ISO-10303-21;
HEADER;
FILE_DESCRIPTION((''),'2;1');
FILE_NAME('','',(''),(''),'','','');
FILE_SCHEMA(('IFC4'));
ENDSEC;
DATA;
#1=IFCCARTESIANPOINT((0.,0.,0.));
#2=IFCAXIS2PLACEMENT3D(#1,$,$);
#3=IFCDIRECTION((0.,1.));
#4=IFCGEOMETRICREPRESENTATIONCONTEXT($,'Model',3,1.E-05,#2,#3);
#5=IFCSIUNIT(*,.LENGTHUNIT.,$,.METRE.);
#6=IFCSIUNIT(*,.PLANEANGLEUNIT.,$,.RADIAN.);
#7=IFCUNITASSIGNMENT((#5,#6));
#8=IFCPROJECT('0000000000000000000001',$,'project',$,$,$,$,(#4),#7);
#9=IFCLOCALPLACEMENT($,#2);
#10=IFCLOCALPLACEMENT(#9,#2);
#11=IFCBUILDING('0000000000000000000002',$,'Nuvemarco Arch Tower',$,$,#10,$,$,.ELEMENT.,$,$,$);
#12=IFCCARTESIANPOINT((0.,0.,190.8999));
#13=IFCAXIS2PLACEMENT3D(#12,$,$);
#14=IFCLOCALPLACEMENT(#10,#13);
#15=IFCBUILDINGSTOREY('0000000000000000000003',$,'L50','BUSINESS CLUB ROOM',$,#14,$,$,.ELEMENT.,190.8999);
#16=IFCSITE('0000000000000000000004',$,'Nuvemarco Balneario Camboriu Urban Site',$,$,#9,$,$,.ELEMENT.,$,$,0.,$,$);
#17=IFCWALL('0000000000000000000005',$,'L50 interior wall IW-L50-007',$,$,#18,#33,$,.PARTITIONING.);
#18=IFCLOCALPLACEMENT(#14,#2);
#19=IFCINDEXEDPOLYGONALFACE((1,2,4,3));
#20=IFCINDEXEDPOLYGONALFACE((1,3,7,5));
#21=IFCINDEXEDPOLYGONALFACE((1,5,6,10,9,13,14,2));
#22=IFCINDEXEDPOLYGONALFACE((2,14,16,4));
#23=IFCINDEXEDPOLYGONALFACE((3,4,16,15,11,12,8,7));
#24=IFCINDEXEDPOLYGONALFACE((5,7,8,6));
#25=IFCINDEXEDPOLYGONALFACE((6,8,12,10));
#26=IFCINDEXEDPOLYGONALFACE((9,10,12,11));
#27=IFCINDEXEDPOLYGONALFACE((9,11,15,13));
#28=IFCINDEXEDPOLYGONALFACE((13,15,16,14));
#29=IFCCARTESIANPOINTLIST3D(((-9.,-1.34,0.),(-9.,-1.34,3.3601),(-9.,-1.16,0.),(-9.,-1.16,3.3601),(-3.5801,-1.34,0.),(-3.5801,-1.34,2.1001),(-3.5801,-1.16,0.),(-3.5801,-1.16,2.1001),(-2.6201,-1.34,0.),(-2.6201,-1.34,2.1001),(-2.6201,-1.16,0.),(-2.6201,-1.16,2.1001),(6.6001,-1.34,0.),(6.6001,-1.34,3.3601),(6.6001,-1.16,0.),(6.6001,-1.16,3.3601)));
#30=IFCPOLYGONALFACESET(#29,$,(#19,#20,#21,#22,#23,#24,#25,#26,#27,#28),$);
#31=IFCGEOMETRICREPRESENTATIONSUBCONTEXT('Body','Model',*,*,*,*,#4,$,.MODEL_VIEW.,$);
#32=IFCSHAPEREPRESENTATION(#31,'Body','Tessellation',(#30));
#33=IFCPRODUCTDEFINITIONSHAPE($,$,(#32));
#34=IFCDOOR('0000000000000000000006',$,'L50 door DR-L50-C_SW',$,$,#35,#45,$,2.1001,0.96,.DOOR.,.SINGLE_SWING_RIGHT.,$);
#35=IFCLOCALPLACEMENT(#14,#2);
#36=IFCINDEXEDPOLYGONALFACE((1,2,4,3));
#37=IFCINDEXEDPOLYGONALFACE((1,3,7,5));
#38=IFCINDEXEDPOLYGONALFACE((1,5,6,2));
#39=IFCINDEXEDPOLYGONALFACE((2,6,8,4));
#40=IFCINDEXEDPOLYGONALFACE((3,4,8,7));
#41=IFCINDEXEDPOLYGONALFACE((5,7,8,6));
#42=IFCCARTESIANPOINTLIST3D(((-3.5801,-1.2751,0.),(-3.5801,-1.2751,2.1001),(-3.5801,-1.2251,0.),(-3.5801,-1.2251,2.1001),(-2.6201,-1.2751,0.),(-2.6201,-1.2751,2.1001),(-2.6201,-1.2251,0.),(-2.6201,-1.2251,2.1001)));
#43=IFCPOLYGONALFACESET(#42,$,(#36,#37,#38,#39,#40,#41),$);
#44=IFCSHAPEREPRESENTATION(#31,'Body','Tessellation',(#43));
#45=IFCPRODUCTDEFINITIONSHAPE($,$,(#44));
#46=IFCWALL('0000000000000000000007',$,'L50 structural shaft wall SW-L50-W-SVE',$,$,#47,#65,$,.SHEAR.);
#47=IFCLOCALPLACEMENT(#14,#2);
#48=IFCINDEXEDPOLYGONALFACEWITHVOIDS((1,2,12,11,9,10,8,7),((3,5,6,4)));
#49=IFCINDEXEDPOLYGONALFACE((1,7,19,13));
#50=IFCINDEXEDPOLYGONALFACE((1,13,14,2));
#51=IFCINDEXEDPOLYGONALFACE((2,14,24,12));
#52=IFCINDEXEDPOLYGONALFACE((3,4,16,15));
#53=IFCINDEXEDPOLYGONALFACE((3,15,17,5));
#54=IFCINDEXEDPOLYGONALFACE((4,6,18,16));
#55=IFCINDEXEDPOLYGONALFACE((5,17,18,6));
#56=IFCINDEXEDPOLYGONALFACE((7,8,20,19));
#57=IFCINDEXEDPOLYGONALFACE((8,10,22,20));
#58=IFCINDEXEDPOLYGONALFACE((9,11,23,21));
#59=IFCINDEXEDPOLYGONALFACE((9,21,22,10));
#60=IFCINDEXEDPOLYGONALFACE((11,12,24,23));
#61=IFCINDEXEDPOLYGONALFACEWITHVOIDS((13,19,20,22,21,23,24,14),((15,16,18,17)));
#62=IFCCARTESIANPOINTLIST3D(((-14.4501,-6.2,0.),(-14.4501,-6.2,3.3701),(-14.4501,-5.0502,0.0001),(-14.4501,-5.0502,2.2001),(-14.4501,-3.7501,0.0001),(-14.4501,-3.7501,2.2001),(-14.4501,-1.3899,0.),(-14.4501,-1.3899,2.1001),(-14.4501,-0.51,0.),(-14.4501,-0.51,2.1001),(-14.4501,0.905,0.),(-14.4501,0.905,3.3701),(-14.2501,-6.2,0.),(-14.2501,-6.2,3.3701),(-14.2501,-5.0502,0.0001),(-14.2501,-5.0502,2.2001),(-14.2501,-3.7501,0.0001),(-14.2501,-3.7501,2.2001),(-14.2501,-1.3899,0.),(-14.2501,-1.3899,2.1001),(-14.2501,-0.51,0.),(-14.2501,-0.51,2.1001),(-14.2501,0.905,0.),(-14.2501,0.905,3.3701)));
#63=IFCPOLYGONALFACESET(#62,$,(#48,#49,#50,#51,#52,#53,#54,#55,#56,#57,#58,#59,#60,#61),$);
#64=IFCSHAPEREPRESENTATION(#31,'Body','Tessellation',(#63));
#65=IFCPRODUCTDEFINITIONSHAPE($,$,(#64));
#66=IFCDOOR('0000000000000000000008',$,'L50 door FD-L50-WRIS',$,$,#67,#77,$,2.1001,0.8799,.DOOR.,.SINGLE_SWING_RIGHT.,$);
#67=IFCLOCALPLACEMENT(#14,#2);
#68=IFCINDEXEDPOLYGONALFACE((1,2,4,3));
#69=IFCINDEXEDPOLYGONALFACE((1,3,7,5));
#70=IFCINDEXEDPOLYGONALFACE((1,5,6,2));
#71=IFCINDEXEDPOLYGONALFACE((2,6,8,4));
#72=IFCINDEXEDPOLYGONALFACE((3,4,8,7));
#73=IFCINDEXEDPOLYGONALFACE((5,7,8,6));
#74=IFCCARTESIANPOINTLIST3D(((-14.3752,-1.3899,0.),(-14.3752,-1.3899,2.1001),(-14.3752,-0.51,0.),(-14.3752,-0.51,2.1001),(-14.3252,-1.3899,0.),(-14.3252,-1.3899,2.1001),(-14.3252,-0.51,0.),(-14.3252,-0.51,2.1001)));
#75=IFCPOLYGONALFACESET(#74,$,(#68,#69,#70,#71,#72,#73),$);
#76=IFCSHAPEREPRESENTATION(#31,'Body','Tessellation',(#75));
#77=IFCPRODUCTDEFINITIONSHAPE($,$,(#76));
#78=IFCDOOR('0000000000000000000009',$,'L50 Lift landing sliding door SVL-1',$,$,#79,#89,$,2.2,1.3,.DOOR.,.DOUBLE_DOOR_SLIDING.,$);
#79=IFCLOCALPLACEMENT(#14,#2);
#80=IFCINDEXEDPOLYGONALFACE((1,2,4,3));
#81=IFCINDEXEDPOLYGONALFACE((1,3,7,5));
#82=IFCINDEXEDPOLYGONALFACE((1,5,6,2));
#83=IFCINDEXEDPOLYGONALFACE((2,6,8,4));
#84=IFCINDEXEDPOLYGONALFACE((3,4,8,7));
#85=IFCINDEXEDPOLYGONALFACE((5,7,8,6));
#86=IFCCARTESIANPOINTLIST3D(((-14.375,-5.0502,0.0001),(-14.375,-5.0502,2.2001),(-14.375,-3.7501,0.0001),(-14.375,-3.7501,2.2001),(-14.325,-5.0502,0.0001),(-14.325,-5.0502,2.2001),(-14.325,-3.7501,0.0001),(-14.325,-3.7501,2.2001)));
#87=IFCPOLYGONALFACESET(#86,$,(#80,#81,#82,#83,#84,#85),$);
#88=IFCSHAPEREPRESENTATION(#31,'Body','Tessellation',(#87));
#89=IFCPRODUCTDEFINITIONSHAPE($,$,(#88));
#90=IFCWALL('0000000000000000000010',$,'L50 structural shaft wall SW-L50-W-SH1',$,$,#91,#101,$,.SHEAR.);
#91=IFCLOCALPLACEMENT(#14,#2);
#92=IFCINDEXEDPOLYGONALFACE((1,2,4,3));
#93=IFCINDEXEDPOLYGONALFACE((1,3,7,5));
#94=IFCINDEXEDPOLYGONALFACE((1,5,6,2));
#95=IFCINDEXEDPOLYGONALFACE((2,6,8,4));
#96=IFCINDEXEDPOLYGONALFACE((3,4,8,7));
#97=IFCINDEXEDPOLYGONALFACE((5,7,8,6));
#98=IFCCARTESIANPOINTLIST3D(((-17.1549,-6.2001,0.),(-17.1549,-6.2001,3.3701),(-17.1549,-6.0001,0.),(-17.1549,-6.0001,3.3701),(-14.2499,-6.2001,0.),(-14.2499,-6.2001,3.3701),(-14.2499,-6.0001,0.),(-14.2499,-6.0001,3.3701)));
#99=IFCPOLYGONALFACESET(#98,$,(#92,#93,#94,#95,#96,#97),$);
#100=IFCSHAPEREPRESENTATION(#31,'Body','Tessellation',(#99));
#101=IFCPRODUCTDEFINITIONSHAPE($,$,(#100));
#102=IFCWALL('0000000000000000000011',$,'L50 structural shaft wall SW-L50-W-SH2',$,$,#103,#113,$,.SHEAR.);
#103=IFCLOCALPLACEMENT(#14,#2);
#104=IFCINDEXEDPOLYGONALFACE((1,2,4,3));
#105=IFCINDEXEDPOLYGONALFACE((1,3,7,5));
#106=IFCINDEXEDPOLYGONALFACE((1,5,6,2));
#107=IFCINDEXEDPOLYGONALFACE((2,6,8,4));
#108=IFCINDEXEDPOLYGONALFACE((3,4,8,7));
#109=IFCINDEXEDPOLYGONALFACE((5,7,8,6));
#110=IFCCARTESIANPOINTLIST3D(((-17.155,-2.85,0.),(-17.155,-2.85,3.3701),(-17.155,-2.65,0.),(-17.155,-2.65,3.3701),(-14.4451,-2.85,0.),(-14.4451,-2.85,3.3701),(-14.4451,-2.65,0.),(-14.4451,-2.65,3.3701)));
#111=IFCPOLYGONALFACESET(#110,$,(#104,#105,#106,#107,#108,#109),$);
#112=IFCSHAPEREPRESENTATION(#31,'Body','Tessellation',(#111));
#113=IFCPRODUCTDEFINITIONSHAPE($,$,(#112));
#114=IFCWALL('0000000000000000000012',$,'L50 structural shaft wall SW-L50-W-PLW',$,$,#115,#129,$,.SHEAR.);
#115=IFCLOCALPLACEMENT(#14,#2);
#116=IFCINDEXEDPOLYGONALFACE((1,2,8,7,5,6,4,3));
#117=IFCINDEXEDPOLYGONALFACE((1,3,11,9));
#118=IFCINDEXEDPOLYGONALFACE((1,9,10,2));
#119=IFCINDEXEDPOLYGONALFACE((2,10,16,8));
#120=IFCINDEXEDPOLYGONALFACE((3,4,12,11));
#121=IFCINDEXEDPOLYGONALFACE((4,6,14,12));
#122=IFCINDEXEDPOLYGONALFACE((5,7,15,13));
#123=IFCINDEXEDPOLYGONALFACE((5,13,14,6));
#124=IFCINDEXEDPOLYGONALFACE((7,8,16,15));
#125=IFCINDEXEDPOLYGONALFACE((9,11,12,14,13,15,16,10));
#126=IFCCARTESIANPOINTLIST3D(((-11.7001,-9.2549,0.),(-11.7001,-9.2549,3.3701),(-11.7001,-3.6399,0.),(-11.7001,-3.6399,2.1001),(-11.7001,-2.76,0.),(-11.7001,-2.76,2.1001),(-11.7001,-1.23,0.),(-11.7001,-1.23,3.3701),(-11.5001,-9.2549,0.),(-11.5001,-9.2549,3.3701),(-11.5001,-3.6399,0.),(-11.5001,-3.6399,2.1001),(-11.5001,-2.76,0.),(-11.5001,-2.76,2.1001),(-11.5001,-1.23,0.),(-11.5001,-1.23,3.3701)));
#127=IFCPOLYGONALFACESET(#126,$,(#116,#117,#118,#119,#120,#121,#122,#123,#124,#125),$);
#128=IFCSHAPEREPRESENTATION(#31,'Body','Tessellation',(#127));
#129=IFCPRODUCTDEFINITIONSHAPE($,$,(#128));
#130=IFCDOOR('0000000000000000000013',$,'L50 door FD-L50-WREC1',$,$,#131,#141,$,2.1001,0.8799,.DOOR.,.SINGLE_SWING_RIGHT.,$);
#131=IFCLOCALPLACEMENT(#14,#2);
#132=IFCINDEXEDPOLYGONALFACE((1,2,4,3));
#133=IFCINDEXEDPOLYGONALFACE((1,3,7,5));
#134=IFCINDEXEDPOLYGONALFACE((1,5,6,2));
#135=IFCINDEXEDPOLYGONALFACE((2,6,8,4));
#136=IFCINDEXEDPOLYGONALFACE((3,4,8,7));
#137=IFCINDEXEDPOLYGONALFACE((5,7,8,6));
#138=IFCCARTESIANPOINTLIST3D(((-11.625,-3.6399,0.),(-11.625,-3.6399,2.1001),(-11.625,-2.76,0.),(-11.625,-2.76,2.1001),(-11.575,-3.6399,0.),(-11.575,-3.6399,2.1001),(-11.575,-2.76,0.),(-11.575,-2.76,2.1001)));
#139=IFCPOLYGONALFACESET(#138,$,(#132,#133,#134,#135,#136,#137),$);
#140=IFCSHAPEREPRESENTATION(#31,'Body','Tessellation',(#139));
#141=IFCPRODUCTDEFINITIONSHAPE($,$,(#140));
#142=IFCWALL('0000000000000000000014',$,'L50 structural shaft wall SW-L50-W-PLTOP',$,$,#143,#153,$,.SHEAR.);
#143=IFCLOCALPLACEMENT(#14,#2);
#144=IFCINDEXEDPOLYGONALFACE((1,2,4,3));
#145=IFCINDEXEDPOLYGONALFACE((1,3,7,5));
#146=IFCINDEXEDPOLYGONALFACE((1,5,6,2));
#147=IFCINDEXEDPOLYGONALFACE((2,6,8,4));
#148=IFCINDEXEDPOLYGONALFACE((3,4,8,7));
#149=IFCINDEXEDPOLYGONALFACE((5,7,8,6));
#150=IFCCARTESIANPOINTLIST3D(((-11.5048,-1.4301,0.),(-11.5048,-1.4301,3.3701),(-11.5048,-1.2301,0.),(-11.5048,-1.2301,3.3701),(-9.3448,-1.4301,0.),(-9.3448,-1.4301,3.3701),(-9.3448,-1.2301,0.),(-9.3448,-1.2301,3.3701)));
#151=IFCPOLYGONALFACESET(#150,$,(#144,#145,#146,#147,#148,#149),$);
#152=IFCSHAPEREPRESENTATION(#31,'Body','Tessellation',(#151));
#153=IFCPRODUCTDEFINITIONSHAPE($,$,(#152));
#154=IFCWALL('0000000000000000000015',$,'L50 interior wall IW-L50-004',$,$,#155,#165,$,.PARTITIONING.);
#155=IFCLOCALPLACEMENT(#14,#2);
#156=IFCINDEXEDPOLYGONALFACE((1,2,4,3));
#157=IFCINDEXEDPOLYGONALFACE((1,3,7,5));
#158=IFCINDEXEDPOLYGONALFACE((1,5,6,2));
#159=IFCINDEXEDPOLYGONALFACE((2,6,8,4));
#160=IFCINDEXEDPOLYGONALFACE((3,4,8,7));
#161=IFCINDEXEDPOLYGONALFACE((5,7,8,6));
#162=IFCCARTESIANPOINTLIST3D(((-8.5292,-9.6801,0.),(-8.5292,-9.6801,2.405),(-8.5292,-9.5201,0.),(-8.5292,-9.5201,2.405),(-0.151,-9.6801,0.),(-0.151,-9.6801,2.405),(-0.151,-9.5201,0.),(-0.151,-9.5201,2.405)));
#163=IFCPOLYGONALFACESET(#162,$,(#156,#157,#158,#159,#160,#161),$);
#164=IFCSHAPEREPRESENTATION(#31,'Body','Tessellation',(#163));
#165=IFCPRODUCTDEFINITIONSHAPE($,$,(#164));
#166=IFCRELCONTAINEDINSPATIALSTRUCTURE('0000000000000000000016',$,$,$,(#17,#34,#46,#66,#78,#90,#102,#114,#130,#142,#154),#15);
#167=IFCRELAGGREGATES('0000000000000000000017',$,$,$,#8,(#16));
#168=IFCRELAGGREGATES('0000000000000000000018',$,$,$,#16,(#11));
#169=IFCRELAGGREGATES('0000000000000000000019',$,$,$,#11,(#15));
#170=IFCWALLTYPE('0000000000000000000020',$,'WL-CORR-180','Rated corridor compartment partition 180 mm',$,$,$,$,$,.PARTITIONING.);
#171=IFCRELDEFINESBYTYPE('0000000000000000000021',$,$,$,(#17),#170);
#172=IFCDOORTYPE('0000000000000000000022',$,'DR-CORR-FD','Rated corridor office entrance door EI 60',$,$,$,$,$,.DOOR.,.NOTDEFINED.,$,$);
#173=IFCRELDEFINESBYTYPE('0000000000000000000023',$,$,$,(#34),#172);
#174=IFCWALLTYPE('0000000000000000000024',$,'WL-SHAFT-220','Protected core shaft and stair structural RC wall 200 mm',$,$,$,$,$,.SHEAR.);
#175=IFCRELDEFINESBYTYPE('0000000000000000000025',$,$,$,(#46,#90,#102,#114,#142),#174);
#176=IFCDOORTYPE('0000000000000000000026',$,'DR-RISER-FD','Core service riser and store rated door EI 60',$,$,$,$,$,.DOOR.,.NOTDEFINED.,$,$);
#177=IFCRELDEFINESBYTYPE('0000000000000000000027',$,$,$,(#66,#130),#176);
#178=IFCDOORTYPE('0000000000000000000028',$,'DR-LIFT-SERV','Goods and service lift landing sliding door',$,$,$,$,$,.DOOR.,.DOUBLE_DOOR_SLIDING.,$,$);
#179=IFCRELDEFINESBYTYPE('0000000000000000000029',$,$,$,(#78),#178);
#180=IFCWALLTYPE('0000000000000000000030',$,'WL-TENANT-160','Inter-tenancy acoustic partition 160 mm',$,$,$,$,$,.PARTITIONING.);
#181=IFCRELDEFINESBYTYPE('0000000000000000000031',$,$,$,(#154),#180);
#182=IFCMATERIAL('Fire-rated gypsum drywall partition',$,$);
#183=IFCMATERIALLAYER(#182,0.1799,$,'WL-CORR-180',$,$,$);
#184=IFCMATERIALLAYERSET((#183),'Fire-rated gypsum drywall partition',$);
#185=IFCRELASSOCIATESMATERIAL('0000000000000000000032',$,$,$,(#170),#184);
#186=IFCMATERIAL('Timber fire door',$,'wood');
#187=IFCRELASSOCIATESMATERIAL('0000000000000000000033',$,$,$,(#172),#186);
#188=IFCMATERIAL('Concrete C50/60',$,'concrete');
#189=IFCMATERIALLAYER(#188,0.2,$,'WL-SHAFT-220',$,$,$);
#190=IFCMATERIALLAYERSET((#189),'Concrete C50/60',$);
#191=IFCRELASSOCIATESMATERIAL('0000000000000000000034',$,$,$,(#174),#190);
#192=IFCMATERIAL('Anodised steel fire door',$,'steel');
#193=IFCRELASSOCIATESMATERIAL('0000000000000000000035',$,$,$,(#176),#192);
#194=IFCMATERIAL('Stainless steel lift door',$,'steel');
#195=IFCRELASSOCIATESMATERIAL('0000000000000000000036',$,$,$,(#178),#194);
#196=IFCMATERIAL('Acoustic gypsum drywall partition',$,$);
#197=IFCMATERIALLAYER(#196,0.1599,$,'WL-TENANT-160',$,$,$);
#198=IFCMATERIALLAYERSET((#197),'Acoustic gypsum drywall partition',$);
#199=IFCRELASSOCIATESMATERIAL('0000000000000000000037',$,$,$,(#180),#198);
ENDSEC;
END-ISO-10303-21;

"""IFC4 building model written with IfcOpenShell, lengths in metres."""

from ifc_helpers import new_model, si_unit, direction, frame, frame_2d, origin, place, context, subcontext, project, spatial, rectangle, extrude, source, transform, mapped, material, layer, layer_set, type_object, type_shapes, element, fill, save


model = new_model("IFC4")

# Units and contexts
model_context = context("Model", 3, precision=1e-05, world=origin(), true_north=direction((0.0, 1.0)))
body_context = subcontext(model_context, "Body", "Model", "MODEL_VIEW")
ifc_project = project(units=[si_unit("LENGTHUNIT", "METRE"), si_unit("PLANEANGLEUNIT", "RADIAN")], contexts=[model_context])

# Site, building, storey
site_placement = place(None, origin())
site = spatial("IfcSite", under=ifc_project, at=site_placement, Name="Nuvemarco Balneario Camboriu Urban Site", CompositionType="ELEMENT", RefElevation=0.0)
building_placement = place(site_placement, origin())
building = spatial("IfcBuilding", under=site, at=building_placement, Name="Nuvemarco Arch Tower", CompositionType="ELEMENT")
storey_placement = place(building_placement, frame((0.0, 0.0, 190.8999)))
storey = spatial("IfcBuildingStorey", under=building, at=storey_placement, Name="L50", Description="BUSINESS CLUB ROOM", CompositionType="ELEMENT", Elevation=190.8999)

# Shared definitions
ifc_material_1 = material(Name="Concrete C50/60", Category="concrete")

# Wall, opening, door
ifc_material_2 = material(Name="Anodised steel fire door", Category="steel")
ifc_material_3 = material(Name="Fire-rated gypsum drywall partition")
ifc_layer_1 = layer(ifc_material_3, 0.1799, Name="WL-CORR-180")
ifc_layer_set_1 = layer_set([ifc_layer_1], Name="Fire-rated gypsum drywall partition")
wall_type_1 = type_object("IfcWallType", Name="WL-CORR-180", Description="Rated corridor compartment partition 180 mm", PredefinedType="PARTITIONING", material=ifc_layer_set_1)
wall_1_placement = place(storey_placement, frame((-9.0, -1.25, 0.0), z_axis=(0.0, 0.0, 1.0), x_axis=(1.0, 0.0, 0.0)))
wall_1 = element("IfcWall", 1, at=wall_1_placement, inside=storey, type_object=wall_type_1, Name="L50 interior wall IW-L50-007", PredefinedType="PARTITIONING", context=body_context, shape_type="SweptSolid", body=[
    extrude(rectangle(XDim=15.6001, YDim=0.1799, at=frame_2d((7.8, 0.0))), origin(), (0.0, 0.0, 1.0), 3.3601),
])
opening_1_placement = place(wall_1_placement, frame((5.4199, 0.0, 0.0)))
opening_1 = element("IfcOpeningElement", 2, at=opening_1_placement, cuts=wall_1, PredefinedType="OPENING", context=body_context, shape_type="SweptSolid", body=[
    extrude(rectangle(XDim=0.96, YDim=2.1001, at=frame_2d((0.48, 1.05))), frame((0.0, 0.0999, 0.0), z_axis=(0.0, -1.0, 0.0), x_axis=(1.0, 0.0, 0.0)), (0.0, 0.0, 1.0), 0.2),
])
ifc_material_4 = material(Name="Timber fire door", Category="wood")
door_type_1 = type_object("IfcDoorType", Name="DR-CORR-FD", Description="Rated corridor office entrance door EI 60", OperationType="NOTDEFINED", PredefinedType="DOOR", material=ifc_material_4)
shared_shape_1 = source(origin(), body_context, "Body", "SweptSolid", [
    extrude(rectangle(XDim=0.96, YDim=2.1001, at=frame_2d((0.48, 1.05))), frame((0.0, 0.0249, 0.0), z_axis=(0.0, -1.0, 0.0), x_axis=(1.0, 0.0, 0.0)), (0.0, 0.0, 1.0), 0.05),
])
type_shapes(door_type_1, [shared_shape_1])
door_1_placement = place(opening_1_placement, origin())
door_1 = element("IfcDoor", 3, at=door_1_placement, inside=storey, type_object=door_type_1, Name="L50 door DR-L50-C_SW", OperationType="SINGLE_SWING_RIGHT", OverallHeight=2.1001, OverallWidth=0.96, PredefinedType="DOOR", context=body_context, shape_type="MappedRepresentation", body=[
    mapped(shared_shape_1, transform((0.0, 0.0, 0.0), scale=1.0)),
])
fill(opening_1, door_1)
ifc_layer_2 = layer(ifc_material_1, 0.2, Name="WL-SHAFT-220")
ifc_layer_set_2 = layer_set([ifc_layer_2], Name="Concrete C50/60")
wall_type_2 = type_object("IfcWallType", Name="WL-SHAFT-220", Description="Protected core shaft and stair structural RC wall 200 mm", PredefinedType="SHEAR", material=ifc_layer_set_2)
ifc_material_5 = material(Name="Stainless steel lift door", Category="steel")

# Wall, openings, doors
wall_2_placement = place(storey_placement, frame((-14.3501, -6.2, 0.0), z_axis=(0.0, 0.0, 1.0), x_axis=(0.0, 1.0, 0.0)))
wall_2 = element("IfcWall", 4, at=wall_2_placement, inside=storey, type_object=wall_type_2, Name="L50 structural shaft wall SW-L50-W-SVE", PredefinedType="SHEAR", context=body_context, shape_type="SweptSolid", body=[
    extrude(rectangle(XDim=7.105, YDim=0.2, at=frame_2d((3.5525, 0.0))), origin(), (0.0, 0.0, 1.0), 3.3701),
])
opening_2_placement = place(wall_2_placement, frame((5.6899, 0.0, 0.0), z_axis=(0.0, 0.0, 1.0), x_axis=(-1.0, 0.0, 0.0)))
opening_2 = element("IfcOpeningElement", 5, at=opening_2_placement, cuts=wall_2, PredefinedType="OPENING", context=body_context, shape_type="SweptSolid", body=[
    extrude(rectangle(XDim=0.8799, YDim=2.1001, at=frame_2d((0.4399, 1.05))), frame((0.0, 0.1099, 0.0), z_axis=(0.0, -1.0, 0.0), x_axis=(1.0, 0.0, 0.0)), (0.0, 0.0, 1.0), 0.22),
])
opening_3_placement = place(wall_2_placement, frame((1.1499, 0.0, 0.0)))
opening_3 = element("IfcOpeningElement", 6, at=opening_3_placement, cuts=wall_2, PredefinedType="OPENING", context=body_context, shape_type="SweptSolid", body=[
    extrude(rectangle(XDim=1.3, YDim=2.2, at=frame_2d((0.6499, 1.1001))), frame((0.0, 0.1099, 0.0), z_axis=(0.0, -1.0, 0.0), x_axis=(1.0, 0.0, 0.0)), (0.0, 0.0, 1.0), 0.22),
])
door_type_2 = type_object("IfcDoorType", Name="DR-RISER-FD", Description="Core service riser and store rated door EI 60", OperationType="NOTDEFINED", PredefinedType="DOOR", material=ifc_material_2)
shared_shape_2 = source(origin(), body_context, "Body", "SweptSolid", [
    extrude(rectangle(XDim=0.8799, YDim=2.1001, at=frame_2d((0.4399, 1.05))), frame((0.0, 0.0249, 0.0), z_axis=(0.0, -1.0, 0.0), x_axis=(1.0, 0.0, 0.0)), (0.0, 0.0, 1.0), 0.05),
])
type_shapes(door_type_2, [shared_shape_2])
door_2_placement = place(opening_2_placement, origin())
door_2 = element("IfcDoor", 7, at=door_2_placement, inside=storey, type_object=door_type_2, Name="L50 door FD-L50-WRIS", OperationType="SINGLE_SWING_RIGHT", OverallHeight=2.1001, OverallWidth=0.8799, PredefinedType="DOOR", context=body_context, shape_type="MappedRepresentation", body=[
    mapped(shared_shape_2, transform((0.0, 0.0, 0.0), scale=1.0)),
])
fill(opening_2, door_2)
door_type_3 = type_object("IfcDoorType", Name="DR-LIFT-SERV", Description="Goods and service lift landing sliding door", OperationType="DOUBLE_DOOR_SLIDING", PredefinedType="DOOR", material=ifc_material_5)
shared_shape_3 = source(origin(), body_context, "Body", "SweptSolid", [
    extrude(rectangle(XDim=1.3, YDim=2.2, at=frame_2d((0.6499, 1.1001))), frame((0.0, 0.0249, 0.0), z_axis=(0.0, -1.0, 0.0), x_axis=(1.0, 0.0, 0.0)), (0.0, 0.0, 1.0), 0.05),
])
type_shapes(door_type_3, [shared_shape_3])
door_3_placement = place(opening_3_placement, origin())
door_3 = element("IfcDoor", 8, at=door_3_placement, inside=storey, type_object=door_type_3, Name="L50 Lift landing sliding door SVL-1", OperationType="DOUBLE_DOOR_SLIDING", OverallHeight=2.2, OverallWidth=1.3, PredefinedType="DOOR", context=body_context, shape_type="MappedRepresentation", body=[
    mapped(shared_shape_3, transform((0.0, 0.0, 0.0), scale=1.0)),
])
fill(opening_3, door_3)

# Walls
wall_3_placement = place(storey_placement, frame((-17.155, -6.1001, 0.0), z_axis=(0.0, 0.0, 1.0), x_axis=(1.0, 0.0, 0.0)))
element("IfcWall", 9, at=wall_3_placement, inside=storey, type_object=wall_type_2, Name="L50 structural shaft wall SW-L50-W-SH1", PredefinedType="SHEAR", context=body_context, shape_type="SweptSolid", body=[
    extrude(rectangle(XDim=2.905, YDim=0.2, at=frame_2d((1.4526, 0.0))), origin(), (0.0, 0.0, 1.0), 3.3701),
])
wall_4_placement = place(storey_placement, frame((-17.155, -2.75, 0.0), z_axis=(0.0, 0.0, 1.0), x_axis=(1.0, 0.0, 0.0)))
element("IfcWall", 10, at=wall_4_placement, inside=storey, type_object=wall_type_2, Name="L50 structural shaft wall SW-L50-W-SH2", PredefinedType="SHEAR", context=body_context, shape_type="SweptSolid", body=[
    extrude(rectangle(XDim=2.71, YDim=0.2, at=frame_2d((1.355, 0.0))), origin(), (0.0, 0.0, 1.0), 3.3701),
])

# Wall, opening, door
wall_5_placement = place(storey_placement, frame((-11.6001, -9.2549, 0.0), z_axis=(0.0, 0.0, 1.0), x_axis=(0.0, 1.0, 0.0)))
wall_5 = element("IfcWall", 11, at=wall_5_placement, inside=storey, type_object=wall_type_2, Name="L50 structural shaft wall SW-L50-W-PLW", PredefinedType="SHEAR", context=body_context, shape_type="SweptSolid", body=[
    extrude(rectangle(XDim=8.0249, YDim=0.2, at=frame_2d((4.0125, 0.0))), origin(), (0.0, 0.0, 1.0), 3.3701),
])
opening_4_placement = place(wall_5_placement, frame((5.615, 0.0, 0.0)))
opening_4 = element("IfcOpeningElement", 12, at=opening_4_placement, cuts=wall_5, PredefinedType="OPENING", context=body_context, shape_type="SweptSolid", body=[
    extrude(rectangle(XDim=0.8799, YDim=2.1001, at=frame_2d((0.4399, 1.05))), frame((0.0, 0.1099, 0.0), z_axis=(0.0, -1.0, 0.0), x_axis=(1.0, 0.0, 0.0)), (0.0, 0.0, 1.0), 0.22),
])
door_4_placement = place(opening_4_placement, origin())
door_4 = element("IfcDoor", 13, at=door_4_placement, inside=storey, type_object=door_type_2, Name="L50 door FD-L50-WREC1", OperationType="SINGLE_SWING_RIGHT", OverallHeight=2.1001, OverallWidth=0.8799, PredefinedType="DOOR", context=body_context, shape_type="MappedRepresentation", body=[
    mapped(shared_shape_2, transform((0.0, 0.0, 0.0), scale=1.0)),
])
fill(opening_4, door_4)

# Walls
wall_6_placement = place(storey_placement, frame((-11.5049, -1.3301, 0.0), z_axis=(0.0, 0.0, 1.0), x_axis=(1.0, 0.0, 0.0)))
element("IfcWall", 14, at=wall_6_placement, inside=storey, type_object=wall_type_2, Name="L50 structural shaft wall SW-L50-W-PLTOP", PredefinedType="SHEAR", context=body_context, shape_type="SweptSolid", body=[
    extrude(rectangle(XDim=2.1599, YDim=0.2, at=frame_2d((1.0801, 0.0))), origin(), (0.0, 0.0, 1.0), 3.3701),
])
ifc_material_6 = material(Name="Acoustic gypsum drywall partition")
ifc_layer_3 = layer(ifc_material_6, 0.1599, Name="WL-TENANT-160")
ifc_layer_set_3 = layer_set([ifc_layer_3], Name="Acoustic gypsum drywall partition")
wall_type_3 = type_object("IfcWallType", Name="WL-TENANT-160", Description="Inter-tenancy acoustic partition 160 mm", PredefinedType="PARTITIONING", material=ifc_layer_set_3)
wall_7_placement = place(storey_placement, frame((-8.5291, -9.6001, 0.0), z_axis=(0.0, 0.0, 1.0), x_axis=(1.0, 0.0, 0.0)))
element("IfcWall", 15, at=wall_7_placement, inside=storey, type_object=wall_type_3, Name="L50 interior wall IW-L50-004", PredefinedType="PARTITIONING", context=body_context, shape_type="SweptSolid", body=[
    extrude(rectangle(XDim=8.3782, YDim=0.1599, at=frame_2d((4.189, 0.0))), origin(), (0.0, 0.0, 1.0), 2.405),
])

save(model, "model.ifc")
